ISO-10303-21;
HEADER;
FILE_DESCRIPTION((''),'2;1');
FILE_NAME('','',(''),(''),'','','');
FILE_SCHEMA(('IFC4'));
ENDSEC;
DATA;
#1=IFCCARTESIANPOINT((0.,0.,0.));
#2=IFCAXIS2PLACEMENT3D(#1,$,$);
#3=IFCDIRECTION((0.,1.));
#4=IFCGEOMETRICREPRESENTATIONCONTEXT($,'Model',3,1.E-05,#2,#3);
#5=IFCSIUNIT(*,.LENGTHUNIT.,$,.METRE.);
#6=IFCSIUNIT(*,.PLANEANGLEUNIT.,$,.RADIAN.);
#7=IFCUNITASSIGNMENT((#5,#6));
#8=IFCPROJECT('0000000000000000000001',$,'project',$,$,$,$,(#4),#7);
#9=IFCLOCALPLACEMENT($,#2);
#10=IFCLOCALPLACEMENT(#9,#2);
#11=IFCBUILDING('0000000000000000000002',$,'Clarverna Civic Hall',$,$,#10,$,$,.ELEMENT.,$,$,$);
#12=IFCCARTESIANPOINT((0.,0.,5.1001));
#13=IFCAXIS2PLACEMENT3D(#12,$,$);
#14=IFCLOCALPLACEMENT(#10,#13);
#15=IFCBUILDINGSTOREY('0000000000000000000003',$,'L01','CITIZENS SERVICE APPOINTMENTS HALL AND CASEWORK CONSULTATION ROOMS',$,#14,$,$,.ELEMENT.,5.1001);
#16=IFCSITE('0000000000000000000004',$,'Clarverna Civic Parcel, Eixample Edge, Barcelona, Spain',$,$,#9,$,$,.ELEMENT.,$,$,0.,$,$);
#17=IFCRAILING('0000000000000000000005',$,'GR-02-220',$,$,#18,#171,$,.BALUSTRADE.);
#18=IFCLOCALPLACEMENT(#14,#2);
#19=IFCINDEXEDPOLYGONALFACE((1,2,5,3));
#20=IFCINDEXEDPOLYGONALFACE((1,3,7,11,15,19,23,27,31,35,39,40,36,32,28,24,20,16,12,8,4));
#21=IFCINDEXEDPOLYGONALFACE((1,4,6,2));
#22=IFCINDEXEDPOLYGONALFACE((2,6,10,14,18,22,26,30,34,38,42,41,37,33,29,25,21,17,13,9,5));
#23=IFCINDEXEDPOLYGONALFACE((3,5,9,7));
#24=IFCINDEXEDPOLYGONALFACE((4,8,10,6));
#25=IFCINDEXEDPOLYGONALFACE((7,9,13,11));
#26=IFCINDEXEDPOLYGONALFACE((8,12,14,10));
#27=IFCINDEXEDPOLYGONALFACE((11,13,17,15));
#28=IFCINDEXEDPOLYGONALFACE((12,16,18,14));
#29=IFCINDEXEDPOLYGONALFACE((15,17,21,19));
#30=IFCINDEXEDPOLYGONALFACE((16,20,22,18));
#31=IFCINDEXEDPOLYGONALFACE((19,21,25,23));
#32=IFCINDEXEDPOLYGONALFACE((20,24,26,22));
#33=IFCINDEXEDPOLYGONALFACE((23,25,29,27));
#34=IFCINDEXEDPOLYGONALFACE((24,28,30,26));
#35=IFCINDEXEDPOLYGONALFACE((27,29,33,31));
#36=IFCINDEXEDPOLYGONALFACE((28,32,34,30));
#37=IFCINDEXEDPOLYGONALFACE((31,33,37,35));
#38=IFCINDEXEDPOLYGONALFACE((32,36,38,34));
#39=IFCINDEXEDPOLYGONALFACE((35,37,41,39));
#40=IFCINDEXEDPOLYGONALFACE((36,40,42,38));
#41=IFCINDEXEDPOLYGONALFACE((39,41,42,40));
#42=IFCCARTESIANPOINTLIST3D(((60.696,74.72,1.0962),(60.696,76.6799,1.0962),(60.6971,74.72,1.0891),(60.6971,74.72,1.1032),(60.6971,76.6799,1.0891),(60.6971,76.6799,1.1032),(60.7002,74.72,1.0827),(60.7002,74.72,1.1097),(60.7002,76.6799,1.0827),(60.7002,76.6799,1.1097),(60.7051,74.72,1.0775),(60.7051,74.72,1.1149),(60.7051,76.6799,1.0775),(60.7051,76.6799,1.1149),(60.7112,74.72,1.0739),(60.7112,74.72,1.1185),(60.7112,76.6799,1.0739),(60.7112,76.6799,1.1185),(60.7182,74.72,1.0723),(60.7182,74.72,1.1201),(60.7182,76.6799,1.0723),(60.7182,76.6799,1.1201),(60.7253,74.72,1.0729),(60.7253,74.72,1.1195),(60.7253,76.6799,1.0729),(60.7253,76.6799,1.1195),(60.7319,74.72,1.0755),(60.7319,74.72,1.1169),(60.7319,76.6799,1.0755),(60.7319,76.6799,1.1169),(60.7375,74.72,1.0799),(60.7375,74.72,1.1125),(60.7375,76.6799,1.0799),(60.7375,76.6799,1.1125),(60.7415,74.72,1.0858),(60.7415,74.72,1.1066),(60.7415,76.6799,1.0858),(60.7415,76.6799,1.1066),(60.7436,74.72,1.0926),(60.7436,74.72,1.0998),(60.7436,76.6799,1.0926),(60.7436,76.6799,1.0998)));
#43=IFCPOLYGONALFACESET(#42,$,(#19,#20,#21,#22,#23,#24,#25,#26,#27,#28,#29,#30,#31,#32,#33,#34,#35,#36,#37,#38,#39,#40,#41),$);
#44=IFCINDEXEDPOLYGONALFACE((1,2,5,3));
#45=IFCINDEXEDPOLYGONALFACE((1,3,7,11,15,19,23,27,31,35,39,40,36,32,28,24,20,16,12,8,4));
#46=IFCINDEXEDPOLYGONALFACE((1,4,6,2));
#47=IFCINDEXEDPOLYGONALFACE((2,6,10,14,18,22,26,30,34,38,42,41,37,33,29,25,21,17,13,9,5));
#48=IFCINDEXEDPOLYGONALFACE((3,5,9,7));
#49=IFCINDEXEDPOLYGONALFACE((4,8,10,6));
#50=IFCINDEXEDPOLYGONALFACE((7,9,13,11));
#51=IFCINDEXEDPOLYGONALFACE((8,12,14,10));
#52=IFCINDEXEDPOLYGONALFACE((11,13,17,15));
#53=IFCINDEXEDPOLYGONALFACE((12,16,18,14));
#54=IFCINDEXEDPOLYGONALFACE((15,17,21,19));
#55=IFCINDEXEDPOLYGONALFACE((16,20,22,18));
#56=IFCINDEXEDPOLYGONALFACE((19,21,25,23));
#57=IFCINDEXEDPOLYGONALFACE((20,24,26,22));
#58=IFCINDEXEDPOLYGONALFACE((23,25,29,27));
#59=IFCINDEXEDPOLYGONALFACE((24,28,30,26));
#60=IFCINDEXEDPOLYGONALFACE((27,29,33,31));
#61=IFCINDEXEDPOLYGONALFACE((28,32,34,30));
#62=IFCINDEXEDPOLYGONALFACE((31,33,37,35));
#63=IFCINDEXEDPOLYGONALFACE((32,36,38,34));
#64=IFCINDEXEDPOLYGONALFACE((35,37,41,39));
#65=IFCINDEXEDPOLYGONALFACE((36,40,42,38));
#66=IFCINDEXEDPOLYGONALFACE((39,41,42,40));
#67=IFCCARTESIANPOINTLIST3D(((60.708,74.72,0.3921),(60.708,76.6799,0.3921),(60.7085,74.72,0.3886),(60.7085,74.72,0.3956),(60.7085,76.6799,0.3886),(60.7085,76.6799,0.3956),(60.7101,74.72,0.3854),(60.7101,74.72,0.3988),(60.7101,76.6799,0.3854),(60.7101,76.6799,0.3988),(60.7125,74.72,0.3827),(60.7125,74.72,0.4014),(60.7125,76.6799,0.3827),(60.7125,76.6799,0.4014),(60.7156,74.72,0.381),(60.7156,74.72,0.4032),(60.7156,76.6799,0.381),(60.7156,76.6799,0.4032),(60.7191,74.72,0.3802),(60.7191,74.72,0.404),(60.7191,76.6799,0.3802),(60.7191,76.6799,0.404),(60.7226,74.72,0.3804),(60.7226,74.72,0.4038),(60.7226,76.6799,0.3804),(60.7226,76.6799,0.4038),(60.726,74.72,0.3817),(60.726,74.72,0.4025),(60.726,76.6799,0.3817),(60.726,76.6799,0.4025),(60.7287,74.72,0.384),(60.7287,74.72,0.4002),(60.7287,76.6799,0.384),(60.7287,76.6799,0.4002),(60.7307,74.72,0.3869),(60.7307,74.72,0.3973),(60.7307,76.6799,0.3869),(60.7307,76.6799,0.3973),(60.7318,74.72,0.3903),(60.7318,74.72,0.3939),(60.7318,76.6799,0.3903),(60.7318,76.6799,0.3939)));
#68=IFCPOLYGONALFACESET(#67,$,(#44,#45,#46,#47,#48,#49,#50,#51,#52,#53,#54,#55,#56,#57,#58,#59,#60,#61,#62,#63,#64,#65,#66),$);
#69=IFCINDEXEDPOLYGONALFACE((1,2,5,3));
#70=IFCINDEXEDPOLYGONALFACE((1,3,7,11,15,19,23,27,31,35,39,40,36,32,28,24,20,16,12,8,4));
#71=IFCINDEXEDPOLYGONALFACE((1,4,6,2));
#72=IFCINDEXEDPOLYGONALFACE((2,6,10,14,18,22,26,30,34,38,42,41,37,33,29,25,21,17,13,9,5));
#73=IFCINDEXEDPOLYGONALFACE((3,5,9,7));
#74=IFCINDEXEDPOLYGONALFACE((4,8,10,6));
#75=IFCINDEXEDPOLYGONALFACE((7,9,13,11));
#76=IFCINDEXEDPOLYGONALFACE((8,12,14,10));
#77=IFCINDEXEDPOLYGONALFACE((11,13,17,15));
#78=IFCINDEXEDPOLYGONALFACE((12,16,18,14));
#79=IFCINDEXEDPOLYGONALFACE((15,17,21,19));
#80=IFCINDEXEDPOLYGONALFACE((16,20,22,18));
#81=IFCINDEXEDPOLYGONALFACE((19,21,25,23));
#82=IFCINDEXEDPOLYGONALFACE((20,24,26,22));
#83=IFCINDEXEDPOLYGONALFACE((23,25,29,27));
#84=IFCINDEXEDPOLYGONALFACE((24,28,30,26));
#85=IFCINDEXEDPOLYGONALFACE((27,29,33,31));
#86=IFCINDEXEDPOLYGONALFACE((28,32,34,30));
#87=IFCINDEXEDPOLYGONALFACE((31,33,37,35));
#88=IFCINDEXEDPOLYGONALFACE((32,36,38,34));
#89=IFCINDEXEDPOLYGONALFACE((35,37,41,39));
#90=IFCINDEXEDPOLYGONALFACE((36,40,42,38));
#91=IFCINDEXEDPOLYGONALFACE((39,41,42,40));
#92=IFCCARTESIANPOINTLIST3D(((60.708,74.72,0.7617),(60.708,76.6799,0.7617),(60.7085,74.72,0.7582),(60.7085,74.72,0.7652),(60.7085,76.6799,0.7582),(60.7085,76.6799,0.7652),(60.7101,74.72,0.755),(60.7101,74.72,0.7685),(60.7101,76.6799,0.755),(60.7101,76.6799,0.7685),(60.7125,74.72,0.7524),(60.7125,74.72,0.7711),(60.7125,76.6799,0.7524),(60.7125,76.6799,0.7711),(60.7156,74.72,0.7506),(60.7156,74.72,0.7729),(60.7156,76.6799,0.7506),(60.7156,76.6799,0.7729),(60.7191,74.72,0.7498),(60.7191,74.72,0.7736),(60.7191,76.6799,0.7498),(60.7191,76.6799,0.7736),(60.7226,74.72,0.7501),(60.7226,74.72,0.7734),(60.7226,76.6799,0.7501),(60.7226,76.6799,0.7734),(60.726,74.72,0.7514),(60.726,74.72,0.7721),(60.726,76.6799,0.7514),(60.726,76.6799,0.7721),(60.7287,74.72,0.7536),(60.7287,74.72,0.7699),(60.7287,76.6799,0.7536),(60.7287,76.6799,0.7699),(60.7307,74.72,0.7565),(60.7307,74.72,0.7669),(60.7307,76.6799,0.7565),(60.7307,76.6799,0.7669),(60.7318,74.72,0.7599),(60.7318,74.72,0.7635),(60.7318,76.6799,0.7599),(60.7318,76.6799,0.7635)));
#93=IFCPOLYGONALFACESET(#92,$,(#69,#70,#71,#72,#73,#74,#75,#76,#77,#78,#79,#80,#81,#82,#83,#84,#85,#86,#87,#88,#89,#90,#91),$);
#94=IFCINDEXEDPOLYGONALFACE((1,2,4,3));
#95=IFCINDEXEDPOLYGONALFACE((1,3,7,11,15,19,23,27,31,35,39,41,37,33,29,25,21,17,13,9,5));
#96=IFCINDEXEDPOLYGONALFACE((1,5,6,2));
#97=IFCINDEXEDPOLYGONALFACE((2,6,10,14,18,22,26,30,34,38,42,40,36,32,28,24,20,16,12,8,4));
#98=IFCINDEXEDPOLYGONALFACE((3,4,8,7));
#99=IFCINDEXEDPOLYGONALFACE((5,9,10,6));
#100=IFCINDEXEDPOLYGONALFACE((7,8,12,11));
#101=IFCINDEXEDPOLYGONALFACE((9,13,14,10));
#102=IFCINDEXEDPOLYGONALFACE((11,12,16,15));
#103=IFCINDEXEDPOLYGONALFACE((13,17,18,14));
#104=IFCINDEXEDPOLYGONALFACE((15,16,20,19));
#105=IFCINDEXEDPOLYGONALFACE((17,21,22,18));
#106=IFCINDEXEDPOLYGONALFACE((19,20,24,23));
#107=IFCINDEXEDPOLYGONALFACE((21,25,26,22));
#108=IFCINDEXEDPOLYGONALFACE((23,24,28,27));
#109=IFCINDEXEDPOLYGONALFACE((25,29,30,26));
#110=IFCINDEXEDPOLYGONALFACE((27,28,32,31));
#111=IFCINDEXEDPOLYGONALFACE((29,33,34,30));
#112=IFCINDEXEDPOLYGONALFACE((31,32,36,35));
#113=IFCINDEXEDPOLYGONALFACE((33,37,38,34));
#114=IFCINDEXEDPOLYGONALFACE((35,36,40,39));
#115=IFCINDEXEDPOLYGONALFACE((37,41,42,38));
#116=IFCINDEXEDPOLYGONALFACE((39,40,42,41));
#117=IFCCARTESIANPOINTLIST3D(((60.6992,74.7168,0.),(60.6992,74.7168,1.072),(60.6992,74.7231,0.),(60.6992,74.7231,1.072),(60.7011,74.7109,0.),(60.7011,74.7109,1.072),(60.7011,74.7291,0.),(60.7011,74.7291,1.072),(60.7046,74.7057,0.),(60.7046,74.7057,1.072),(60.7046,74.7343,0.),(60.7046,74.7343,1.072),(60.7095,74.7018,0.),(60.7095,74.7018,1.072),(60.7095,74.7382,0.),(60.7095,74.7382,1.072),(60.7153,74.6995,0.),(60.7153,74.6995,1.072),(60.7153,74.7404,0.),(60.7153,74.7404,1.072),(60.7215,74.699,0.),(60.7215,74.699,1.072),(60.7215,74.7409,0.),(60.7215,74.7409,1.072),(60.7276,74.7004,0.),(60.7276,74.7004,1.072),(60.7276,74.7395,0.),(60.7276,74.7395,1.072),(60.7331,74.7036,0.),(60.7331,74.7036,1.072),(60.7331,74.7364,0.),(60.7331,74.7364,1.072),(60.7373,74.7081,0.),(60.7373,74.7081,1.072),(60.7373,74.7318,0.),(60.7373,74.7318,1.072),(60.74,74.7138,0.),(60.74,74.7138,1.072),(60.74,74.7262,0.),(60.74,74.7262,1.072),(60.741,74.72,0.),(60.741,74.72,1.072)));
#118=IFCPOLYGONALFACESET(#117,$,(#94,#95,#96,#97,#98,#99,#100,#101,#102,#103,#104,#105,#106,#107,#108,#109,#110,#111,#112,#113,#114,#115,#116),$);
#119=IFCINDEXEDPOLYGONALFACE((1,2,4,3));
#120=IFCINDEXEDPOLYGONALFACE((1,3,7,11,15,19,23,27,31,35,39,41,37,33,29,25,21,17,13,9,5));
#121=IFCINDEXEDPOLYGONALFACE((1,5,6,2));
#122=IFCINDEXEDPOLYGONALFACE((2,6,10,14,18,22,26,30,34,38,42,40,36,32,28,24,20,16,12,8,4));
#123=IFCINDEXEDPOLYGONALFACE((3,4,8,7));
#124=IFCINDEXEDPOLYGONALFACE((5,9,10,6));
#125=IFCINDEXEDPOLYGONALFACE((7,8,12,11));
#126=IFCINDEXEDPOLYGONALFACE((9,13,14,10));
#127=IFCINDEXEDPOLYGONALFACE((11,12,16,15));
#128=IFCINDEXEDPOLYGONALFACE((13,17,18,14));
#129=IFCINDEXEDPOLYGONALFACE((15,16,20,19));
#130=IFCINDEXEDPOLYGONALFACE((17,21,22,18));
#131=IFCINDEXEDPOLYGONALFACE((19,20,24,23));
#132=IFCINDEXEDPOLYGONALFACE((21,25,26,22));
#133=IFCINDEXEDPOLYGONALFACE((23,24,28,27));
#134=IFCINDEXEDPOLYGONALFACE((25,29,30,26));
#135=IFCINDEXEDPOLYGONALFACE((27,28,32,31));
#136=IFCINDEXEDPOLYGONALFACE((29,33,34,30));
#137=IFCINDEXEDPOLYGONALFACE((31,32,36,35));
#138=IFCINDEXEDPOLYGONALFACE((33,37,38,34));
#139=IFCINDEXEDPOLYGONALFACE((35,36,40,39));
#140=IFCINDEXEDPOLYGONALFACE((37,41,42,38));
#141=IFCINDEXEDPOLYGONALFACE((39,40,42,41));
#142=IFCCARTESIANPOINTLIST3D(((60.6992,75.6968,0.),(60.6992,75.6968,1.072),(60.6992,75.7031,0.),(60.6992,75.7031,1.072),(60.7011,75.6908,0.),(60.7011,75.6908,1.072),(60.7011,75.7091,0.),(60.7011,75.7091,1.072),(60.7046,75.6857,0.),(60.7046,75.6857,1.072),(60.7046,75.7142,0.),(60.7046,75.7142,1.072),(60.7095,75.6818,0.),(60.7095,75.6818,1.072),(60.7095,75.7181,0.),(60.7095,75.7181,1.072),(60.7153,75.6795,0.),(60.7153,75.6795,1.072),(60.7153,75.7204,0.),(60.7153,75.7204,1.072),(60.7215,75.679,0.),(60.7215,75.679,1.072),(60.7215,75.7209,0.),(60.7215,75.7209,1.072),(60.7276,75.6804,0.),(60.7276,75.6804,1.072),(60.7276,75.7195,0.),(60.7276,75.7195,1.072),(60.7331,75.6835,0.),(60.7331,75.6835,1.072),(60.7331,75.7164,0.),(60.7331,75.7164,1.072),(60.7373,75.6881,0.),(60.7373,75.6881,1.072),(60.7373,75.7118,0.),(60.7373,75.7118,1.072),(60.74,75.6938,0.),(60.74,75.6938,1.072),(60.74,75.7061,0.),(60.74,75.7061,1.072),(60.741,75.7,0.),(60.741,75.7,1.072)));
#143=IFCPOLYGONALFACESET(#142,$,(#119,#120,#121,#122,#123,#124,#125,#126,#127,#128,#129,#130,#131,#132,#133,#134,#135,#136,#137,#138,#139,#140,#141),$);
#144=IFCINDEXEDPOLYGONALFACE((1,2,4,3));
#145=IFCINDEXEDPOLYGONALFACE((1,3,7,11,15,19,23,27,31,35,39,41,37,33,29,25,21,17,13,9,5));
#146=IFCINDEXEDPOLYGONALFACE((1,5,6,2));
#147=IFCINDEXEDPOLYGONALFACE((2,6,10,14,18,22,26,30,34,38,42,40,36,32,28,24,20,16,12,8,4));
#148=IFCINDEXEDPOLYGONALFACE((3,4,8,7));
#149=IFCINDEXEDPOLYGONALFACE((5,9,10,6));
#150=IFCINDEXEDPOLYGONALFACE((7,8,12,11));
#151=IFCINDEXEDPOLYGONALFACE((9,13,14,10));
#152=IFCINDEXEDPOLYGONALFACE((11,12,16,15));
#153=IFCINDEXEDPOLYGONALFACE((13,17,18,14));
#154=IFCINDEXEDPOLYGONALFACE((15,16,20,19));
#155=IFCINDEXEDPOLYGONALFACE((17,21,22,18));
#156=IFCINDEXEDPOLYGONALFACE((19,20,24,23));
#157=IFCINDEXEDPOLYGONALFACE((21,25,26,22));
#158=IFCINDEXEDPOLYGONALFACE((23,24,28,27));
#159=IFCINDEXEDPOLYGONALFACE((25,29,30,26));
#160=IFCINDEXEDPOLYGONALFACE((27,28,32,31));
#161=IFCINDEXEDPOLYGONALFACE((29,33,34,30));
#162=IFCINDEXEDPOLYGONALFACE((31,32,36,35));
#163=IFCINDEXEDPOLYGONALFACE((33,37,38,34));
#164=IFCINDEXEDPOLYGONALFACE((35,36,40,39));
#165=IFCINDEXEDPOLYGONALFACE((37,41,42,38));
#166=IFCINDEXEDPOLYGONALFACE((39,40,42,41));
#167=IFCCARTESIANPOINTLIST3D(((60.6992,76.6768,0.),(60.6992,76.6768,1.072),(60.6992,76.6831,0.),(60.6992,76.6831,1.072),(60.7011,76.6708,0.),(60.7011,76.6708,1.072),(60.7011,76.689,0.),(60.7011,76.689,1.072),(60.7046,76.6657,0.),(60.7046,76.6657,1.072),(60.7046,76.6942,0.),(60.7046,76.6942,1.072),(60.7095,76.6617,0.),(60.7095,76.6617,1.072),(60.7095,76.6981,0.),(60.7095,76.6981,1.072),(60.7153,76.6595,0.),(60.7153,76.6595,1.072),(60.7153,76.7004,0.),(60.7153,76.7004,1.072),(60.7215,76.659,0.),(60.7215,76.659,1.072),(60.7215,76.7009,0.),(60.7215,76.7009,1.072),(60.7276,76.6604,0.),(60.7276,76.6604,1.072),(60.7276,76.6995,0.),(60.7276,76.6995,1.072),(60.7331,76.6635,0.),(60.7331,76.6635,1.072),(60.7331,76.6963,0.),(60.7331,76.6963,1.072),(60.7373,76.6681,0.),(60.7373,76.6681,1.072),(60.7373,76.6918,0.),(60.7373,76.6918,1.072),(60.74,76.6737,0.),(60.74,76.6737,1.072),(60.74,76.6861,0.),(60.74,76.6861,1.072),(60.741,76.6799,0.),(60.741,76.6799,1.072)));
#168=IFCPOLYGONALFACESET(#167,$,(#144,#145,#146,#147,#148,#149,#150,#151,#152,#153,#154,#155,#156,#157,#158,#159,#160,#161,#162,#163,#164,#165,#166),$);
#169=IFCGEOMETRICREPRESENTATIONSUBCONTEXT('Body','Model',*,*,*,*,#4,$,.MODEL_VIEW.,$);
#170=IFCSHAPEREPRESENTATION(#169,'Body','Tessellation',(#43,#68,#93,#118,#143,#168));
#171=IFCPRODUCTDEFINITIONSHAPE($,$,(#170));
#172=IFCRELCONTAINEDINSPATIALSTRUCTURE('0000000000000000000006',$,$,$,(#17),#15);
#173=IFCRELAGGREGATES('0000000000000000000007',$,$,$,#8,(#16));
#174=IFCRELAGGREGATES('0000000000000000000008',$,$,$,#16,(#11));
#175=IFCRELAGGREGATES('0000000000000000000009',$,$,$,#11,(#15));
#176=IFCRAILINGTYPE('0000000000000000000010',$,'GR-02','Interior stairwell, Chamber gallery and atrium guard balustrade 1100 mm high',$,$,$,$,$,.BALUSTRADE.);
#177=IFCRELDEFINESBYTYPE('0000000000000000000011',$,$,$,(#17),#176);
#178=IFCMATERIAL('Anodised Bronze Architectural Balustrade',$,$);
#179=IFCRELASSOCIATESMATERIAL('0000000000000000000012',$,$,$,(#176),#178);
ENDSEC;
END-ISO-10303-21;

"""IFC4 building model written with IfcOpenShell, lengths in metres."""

from ifc_helpers import new_model, si_unit, direction, frame, origin, origin_2d, place, context, subcontext, project, spatial, circle, extrude, material, type_object, element, save


model = new_model("IFC4")

# Units and contexts
model_context = context("Model", 3, precision=1e-05, world=origin(), true_north=direction((0.0, 1.0)))
body_context = subcontext(model_context, "Body", "Model", "MODEL_VIEW")
ifc_project = project(units=[si_unit("LENGTHUNIT", "METRE"), si_unit("PLANEANGLEUNIT", "RADIAN")], contexts=[model_context])

# Site, building, storey
site_placement = place(None, origin())
site = spatial("IfcSite", under=ifc_project, at=site_placement, Name="Clarverna Civic Parcel, Eixample Edge, Barcelona, Spain", CompositionType="ELEMENT", RefElevation=0.0)
building_placement = place(site_placement, origin())
building = spatial("IfcBuilding", under=site, at=building_placement, Name="Clarverna Civic Hall", CompositionType="ELEMENT")
storey_placement = place(building_placement, frame((0.0, 0.0, 5.1001)))
storey = spatial("IfcBuildingStorey", under=building, at=storey_placement, Name="L01", Description="CITIZENS SERVICE APPOINTMENTS HALL AND CASEWORK CONSULTATION ROOMS", CompositionType="ELEMENT", Elevation=5.1001)

# Railing
ifc_material_1 = material(Name="Anodised Bronze Architectural Balustrade")
railing_type = type_object("IfcRailingType", Name="GR-02", Description="Interior stairwell, Chamber gallery and atrium guard balustrade 1100 mm high", PredefinedType="BALUSTRADE", material=ifc_material_1)
railing_1_placement = place(storey_placement, frame((60.72, 74.72, 0.0)))
element("IfcRailing", 1, at=railing_1_placement, inside=storey, type_object=railing_type, Name="GR-02-220", PredefinedType="BALUSTRADE", context=body_context, shape_type="SweptSolid", body=[
    extrude(circle(Radius=0.0239, at=origin_2d()), frame((0.0, 0.0, 1.0962), z_axis=(0.0, 1.0, 0.0), x_axis=(-1.0, 0.0, 0.0)), (0.0, 0.0, 1.0), 1.96),
    extrude(circle(Radius=0.012, at=origin_2d()), frame((0.0, 0.0, 0.3921), z_axis=(0.0, 1.0, 0.0), x_axis=(-1.0, 0.0, 0.0)), (0.0, 0.0, 1.0), 1.96),
    extrude(circle(Radius=0.012, at=origin_2d()), frame((0.0, 0.0, 0.7617), z_axis=(0.0, 1.0, 0.0), x_axis=(-1.0, 0.0, 0.0)), (0.0, 0.0, 1.0), 1.96),
    extrude(circle(Radius=0.021, at=origin_2d()), origin(), (0.0, 0.0, 1.0), 1.072),
    extrude(circle(Radius=0.021, at=origin_2d()), frame((0.0, 0.98, 0.0)), (0.0, 0.0, 1.0), 1.072),
    extrude(circle(Radius=0.021, at=origin_2d()), frame((0.0, 1.96, 0.0)), (0.0, 0.0, 1.0), 1.072),
])

save(model, "model.ifc")
